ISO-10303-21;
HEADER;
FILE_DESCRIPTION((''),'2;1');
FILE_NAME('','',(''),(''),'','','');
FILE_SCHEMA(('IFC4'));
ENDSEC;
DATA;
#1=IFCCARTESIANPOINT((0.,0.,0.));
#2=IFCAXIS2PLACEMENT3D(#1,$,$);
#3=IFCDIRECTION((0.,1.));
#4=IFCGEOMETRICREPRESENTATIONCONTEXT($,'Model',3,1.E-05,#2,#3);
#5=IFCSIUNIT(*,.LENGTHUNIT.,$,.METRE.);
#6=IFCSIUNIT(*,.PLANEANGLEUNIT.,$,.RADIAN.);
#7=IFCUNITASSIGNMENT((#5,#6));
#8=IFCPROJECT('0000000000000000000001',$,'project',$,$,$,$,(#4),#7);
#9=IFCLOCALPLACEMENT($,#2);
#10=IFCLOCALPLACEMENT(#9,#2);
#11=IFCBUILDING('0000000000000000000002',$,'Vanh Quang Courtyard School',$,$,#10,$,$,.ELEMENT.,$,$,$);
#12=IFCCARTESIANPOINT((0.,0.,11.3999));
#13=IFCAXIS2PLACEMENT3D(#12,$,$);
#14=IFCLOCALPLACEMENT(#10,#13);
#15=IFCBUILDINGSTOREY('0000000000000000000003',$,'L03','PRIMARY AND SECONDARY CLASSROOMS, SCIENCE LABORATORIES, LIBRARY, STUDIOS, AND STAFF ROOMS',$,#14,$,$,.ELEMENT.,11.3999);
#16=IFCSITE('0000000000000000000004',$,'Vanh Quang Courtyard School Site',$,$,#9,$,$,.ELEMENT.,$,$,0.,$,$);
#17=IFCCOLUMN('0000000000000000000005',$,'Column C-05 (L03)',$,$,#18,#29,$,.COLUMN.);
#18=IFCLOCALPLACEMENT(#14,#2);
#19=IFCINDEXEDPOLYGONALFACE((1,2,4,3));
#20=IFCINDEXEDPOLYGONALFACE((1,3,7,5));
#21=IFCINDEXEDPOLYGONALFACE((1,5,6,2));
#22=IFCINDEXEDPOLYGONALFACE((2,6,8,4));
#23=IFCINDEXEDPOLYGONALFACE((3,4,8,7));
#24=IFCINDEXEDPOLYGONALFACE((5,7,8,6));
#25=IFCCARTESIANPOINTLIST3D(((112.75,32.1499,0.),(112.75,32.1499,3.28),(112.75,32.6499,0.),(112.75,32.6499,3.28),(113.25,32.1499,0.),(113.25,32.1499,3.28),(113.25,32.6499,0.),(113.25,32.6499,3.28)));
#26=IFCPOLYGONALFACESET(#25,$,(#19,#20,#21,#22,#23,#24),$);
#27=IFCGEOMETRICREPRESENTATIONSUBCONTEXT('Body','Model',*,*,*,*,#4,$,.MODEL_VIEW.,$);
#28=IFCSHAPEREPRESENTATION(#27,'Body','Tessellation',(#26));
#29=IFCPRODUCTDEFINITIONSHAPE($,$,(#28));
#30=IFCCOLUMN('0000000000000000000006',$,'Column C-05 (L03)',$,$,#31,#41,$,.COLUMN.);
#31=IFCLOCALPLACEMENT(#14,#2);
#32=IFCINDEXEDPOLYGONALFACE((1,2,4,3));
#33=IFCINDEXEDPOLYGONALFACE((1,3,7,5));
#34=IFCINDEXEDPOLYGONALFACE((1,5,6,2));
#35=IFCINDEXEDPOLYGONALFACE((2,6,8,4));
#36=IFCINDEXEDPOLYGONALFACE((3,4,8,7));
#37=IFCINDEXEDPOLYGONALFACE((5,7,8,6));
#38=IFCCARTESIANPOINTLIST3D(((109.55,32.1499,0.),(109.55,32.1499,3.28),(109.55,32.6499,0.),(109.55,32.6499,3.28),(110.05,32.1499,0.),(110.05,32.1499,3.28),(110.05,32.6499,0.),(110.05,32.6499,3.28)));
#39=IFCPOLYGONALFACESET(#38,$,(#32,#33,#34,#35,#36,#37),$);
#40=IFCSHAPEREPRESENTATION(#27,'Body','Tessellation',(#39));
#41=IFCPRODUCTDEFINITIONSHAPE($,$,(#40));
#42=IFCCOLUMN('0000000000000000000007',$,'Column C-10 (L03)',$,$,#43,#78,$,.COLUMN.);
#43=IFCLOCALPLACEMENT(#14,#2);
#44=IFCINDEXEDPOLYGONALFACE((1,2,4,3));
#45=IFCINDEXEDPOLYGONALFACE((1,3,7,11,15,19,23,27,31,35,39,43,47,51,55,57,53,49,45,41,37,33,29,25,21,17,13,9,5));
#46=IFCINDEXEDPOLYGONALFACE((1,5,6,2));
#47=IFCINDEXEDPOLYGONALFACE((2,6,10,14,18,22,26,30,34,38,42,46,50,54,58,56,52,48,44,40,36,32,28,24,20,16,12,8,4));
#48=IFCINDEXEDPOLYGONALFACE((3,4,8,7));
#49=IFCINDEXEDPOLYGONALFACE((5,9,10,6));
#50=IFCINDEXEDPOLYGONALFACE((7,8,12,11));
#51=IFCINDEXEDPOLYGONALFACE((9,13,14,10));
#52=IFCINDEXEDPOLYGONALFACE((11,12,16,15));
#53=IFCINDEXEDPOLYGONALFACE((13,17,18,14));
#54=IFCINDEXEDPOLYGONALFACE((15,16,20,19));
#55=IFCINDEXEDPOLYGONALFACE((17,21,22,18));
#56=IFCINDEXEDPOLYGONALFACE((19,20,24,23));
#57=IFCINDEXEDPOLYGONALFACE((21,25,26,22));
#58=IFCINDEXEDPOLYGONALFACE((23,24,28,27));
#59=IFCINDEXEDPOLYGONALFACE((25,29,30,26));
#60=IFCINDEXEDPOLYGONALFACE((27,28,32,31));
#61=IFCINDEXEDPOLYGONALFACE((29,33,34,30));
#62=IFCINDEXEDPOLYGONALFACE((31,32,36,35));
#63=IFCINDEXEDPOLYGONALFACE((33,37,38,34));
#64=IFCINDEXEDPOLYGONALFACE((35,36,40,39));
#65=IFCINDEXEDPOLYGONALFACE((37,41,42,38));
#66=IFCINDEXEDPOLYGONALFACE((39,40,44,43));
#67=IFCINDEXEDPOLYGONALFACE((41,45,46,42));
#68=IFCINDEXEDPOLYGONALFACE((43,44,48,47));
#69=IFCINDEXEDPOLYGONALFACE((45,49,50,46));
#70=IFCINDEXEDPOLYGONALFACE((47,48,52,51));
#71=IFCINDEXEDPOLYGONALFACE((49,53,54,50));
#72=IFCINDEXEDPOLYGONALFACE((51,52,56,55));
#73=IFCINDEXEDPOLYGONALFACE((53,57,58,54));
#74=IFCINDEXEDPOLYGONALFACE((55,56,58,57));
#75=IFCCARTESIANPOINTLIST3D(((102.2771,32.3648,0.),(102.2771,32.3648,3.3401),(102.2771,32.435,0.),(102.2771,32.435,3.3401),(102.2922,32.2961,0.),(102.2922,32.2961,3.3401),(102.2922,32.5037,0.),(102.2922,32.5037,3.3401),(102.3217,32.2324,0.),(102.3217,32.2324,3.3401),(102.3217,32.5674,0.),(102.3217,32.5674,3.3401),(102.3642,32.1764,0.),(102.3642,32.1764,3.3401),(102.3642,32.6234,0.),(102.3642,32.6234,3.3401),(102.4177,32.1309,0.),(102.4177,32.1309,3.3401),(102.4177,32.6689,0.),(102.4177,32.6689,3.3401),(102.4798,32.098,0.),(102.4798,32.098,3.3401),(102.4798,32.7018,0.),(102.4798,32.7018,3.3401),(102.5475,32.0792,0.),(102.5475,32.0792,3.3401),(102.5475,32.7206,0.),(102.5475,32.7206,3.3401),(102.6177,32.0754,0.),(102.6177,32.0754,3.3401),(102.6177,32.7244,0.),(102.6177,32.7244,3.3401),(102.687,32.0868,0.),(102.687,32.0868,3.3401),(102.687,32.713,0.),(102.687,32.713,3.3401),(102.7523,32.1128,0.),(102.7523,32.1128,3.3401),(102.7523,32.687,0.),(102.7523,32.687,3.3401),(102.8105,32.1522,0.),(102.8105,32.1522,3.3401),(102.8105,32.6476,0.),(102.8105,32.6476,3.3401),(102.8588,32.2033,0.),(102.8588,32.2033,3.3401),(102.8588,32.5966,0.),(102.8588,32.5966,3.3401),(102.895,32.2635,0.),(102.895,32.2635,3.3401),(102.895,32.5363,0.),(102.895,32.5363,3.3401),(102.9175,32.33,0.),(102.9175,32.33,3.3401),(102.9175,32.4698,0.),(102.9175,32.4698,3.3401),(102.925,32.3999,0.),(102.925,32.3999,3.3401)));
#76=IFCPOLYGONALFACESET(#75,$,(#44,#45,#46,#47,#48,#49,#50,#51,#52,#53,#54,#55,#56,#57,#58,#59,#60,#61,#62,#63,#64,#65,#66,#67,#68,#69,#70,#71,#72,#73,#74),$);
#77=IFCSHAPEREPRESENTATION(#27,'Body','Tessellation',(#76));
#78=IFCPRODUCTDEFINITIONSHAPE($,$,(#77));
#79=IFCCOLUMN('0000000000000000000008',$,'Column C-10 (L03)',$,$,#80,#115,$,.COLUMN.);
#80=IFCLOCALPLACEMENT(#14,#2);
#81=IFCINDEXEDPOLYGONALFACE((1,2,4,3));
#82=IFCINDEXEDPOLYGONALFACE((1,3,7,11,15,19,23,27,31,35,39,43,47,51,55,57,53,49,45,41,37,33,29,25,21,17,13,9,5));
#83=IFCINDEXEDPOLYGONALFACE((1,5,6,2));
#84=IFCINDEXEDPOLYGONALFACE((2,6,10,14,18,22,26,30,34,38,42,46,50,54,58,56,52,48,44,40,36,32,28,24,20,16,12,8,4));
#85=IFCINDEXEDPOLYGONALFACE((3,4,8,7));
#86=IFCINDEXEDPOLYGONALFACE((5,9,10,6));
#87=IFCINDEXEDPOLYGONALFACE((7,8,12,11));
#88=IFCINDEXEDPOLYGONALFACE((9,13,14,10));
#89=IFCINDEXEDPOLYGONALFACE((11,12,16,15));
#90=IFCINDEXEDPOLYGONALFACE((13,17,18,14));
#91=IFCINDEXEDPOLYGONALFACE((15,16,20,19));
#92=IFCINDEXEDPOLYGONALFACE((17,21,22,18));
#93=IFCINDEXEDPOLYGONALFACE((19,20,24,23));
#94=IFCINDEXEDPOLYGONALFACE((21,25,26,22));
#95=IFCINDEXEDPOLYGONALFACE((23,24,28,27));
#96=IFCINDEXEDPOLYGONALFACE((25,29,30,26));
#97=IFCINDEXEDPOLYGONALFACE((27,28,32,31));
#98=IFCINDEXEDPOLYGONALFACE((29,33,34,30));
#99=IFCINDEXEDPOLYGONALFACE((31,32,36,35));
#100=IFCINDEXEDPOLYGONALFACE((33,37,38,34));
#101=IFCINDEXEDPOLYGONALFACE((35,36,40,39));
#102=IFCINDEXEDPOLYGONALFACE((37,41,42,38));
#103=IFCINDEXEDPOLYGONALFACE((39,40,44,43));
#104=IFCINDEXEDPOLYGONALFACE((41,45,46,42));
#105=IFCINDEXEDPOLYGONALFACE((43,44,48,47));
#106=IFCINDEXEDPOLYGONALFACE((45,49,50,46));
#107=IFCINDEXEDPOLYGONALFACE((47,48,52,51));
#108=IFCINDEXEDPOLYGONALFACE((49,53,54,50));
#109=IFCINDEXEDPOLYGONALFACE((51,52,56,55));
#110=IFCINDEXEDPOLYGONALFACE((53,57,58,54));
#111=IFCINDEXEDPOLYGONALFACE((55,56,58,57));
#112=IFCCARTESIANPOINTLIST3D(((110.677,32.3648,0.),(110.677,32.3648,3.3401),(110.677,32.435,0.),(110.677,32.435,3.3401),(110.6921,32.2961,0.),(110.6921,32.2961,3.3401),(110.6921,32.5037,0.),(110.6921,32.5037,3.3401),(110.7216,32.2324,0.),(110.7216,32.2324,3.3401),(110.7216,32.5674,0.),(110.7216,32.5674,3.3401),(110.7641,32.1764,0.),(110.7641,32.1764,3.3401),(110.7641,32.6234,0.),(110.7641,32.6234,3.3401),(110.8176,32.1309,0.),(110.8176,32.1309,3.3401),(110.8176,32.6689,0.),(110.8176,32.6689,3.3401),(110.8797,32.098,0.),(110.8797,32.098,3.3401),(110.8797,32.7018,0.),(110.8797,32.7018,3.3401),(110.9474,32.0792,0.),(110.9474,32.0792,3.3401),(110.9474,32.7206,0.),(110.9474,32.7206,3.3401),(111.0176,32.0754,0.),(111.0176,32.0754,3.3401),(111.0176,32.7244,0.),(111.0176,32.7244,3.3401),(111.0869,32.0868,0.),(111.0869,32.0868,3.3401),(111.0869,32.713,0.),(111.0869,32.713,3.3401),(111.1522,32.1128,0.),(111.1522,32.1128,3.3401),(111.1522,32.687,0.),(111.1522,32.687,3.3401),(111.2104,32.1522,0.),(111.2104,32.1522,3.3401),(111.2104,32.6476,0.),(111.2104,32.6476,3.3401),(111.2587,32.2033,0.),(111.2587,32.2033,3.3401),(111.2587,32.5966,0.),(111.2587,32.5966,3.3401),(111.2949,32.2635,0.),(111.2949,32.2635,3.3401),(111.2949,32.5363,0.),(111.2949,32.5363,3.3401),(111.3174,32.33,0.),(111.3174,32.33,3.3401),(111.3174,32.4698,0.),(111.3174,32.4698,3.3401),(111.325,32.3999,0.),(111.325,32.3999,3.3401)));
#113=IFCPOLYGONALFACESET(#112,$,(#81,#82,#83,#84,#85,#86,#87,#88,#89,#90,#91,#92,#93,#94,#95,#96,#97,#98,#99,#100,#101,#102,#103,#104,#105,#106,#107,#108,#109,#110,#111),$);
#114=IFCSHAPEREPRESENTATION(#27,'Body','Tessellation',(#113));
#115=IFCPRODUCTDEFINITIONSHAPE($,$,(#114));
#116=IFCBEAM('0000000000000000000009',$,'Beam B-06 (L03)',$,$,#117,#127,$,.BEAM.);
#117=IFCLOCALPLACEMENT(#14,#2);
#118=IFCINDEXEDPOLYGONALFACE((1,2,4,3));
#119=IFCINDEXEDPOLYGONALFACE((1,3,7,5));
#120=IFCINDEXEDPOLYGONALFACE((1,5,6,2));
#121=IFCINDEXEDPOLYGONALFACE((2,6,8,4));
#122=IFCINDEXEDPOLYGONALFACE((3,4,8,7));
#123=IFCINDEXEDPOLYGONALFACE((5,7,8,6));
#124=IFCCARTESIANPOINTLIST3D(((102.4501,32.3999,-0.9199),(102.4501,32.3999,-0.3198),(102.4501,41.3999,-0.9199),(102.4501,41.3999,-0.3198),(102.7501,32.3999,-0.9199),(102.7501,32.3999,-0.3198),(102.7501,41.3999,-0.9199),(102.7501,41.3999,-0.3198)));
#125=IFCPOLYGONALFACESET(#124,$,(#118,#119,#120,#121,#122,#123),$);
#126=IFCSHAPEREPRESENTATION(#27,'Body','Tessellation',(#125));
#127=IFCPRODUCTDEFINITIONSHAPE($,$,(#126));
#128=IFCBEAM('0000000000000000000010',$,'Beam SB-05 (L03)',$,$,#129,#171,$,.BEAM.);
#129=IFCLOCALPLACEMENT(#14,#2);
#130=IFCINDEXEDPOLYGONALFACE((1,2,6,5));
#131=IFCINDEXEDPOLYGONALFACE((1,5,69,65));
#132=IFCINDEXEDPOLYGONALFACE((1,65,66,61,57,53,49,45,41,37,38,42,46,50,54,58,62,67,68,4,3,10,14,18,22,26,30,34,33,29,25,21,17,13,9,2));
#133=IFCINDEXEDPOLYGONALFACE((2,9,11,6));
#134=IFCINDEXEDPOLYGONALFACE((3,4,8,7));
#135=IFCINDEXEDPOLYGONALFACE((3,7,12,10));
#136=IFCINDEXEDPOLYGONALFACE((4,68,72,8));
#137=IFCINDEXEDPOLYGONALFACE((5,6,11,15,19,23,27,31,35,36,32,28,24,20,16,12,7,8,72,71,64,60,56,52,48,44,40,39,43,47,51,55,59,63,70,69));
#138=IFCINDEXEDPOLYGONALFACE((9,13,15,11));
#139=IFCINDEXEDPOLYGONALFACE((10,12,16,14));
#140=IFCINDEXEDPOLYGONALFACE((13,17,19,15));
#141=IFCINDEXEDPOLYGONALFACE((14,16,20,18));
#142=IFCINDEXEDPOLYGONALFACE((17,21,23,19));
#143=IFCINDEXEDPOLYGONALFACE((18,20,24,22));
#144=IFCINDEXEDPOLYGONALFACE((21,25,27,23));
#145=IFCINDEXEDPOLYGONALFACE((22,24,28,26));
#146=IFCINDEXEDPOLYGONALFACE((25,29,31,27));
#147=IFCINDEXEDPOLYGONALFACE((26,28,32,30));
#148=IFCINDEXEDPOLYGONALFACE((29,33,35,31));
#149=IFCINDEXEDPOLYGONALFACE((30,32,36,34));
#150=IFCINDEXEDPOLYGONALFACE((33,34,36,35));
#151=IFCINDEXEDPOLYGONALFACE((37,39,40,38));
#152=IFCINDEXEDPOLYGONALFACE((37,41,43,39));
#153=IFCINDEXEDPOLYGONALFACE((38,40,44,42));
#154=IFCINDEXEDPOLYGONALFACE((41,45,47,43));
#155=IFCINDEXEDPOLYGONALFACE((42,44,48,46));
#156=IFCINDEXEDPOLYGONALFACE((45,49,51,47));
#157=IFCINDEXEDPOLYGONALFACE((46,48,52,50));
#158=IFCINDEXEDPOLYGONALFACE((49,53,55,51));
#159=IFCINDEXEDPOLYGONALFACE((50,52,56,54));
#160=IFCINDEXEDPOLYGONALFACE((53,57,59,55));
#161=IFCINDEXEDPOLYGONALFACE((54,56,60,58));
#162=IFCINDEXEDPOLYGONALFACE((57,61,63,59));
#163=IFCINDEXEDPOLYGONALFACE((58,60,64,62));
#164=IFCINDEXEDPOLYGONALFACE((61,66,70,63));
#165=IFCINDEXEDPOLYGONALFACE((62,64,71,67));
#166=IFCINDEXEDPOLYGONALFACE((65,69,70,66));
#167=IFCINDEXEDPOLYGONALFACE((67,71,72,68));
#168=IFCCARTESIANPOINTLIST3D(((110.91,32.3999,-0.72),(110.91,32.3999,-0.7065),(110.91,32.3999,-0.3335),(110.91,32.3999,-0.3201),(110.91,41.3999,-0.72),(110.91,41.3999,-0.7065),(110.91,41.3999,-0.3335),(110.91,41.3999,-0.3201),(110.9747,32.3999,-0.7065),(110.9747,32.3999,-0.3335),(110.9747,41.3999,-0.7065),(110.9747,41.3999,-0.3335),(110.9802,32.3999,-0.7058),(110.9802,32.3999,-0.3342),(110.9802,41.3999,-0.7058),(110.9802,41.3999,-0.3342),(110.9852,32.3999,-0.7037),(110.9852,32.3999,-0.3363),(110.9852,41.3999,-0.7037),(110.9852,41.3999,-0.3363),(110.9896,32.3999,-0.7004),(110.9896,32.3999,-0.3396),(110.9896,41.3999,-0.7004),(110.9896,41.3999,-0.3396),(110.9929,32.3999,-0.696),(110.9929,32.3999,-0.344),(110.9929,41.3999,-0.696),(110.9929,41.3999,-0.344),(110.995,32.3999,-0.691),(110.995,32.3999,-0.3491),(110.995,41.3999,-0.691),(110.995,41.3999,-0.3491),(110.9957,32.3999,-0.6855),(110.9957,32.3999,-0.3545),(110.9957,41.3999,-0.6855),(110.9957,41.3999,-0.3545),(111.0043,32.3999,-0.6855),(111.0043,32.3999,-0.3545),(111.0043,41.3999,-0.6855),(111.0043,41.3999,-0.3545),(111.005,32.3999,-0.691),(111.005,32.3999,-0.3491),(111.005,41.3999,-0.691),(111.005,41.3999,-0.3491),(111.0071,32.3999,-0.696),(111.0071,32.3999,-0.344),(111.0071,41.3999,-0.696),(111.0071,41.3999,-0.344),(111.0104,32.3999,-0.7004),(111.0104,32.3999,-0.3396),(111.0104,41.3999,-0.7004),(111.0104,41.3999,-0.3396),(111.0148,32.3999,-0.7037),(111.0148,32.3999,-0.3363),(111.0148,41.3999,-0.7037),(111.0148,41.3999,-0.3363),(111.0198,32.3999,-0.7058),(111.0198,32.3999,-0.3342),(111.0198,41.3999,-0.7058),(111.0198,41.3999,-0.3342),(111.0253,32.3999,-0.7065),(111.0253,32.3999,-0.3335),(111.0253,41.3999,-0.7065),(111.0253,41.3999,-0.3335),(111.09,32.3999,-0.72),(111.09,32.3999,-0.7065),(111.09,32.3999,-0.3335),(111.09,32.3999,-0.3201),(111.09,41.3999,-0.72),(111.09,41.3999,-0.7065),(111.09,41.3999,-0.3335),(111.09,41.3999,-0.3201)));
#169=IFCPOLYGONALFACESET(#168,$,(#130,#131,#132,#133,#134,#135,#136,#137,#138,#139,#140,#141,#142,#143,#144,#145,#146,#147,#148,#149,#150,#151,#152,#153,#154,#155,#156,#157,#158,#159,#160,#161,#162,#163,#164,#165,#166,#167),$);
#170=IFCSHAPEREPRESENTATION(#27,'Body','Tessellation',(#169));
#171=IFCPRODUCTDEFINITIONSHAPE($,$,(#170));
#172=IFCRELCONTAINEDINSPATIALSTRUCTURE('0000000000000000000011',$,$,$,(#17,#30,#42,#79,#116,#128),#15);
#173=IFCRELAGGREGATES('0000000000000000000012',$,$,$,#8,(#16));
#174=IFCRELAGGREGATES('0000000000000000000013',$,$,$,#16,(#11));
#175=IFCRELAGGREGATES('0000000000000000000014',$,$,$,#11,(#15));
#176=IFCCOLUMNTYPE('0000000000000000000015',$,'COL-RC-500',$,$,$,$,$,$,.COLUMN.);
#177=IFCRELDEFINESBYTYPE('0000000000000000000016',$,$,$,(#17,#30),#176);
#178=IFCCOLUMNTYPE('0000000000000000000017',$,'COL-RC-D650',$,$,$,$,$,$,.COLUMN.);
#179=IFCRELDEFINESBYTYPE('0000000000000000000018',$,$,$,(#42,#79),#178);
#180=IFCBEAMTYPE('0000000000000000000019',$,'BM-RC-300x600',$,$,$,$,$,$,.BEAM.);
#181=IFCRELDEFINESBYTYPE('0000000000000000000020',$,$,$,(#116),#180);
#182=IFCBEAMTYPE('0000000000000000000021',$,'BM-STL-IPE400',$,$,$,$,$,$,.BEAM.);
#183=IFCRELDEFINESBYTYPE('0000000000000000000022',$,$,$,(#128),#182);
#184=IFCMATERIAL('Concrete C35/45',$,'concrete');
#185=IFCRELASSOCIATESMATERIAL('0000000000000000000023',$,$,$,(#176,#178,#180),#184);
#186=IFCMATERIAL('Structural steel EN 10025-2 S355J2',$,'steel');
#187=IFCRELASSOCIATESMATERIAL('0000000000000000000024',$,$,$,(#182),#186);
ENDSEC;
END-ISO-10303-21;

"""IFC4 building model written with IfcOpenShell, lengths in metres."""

from ifc_helpers import new_model, si_unit, direction, frame, origin, origin_2d, place, context, subcontext, project, spatial, rectangle, circle, i_section, extrude, material, material_profile, profile_set, type_object, element, save


model = new_model("IFC4")

# Units and contexts
model_context = context("Model", 3, precision=1e-05, world=origin(), true_north=direction((0.0, 1.0)))
body_context = subcontext(model_context, "Body", "Model", "MODEL_VIEW")
ifc_project = project(units=[si_unit("LENGTHUNIT", "METRE"), si_unit("PLANEANGLEUNIT", "RADIAN")], contexts=[model_context])

# Site, building, storey
site_placement = place(None, origin())
site = spatial("IfcSite", under=ifc_project, at=site_placement, Name="Vanh Quang Courtyard School Site", CompositionType="ELEMENT", RefElevation=0.0)
building_placement = place(site_placement, origin())
building = spatial("IfcBuilding", under=site, at=building_placement, Name="Vanh Quang Courtyard School", CompositionType="ELEMENT")
storey_placement = place(building_placement, frame((0.0, 0.0, 11.3999)))
storey = spatial("IfcBuildingStorey", under=building, at=storey_placement, Name="L03", Description="PRIMARY AND SECONDARY CLASSROOMS, SCIENCE LABORATORIES, LIBRARY, STUDIOS, AND STAFF ROOMS", CompositionType="ELEMENT", Elevation=11.3999)

# Columns
ifc_material_1 = material(Name="Concrete C35/45", Category="concrete")
ifc_material_profile_1 = material_profile(ifc_material_1, rectangle(XDim=0.5, YDim=0.5, at=origin_2d()), Name="RC-COL 500x500")
ifc_profile_set_1 = profile_set([ifc_material_profile_1], Name="Concrete C35/45")
column_type_1 = type_object("IfcColumnType", Name="COL-RC-500", PredefinedType="COLUMN", material=ifc_profile_set_1)
for number, where, z_axis, x_axis, name in (
    (1, (113.0, 32.3999, 0.0), (0.0, 0.0, 1.0), (1.0, 0.0, 0.0), "Column C-05 (L03)"),
    (2, (109.8, 32.3999, 0.0), (0.0, 0.0, 1.0), (1.0, 0.0, 0.0), "Column C-05 (L03)"),
):
    element("IfcColumn", number, at=place(storey_placement, frame(where, z_axis=z_axis, x_axis=x_axis)), inside=storey, type_object=column_type_1, Name=name, PredefinedType="COLUMN", context=body_context, shape_type="SweptSolid", body=[
        extrude(rectangle(XDim=0.5, YDim=0.5, at=origin_2d()), origin(), (0.0, 0.0, 1.0), 3.28),
    ])
ifc_material_profile_2 = material_profile(ifc_material_1, circle(Radius=0.325, at=origin_2d()), Name="RC-COL D650")
ifc_profile_set_2 = profile_set([ifc_material_profile_2], Name="Concrete C35/45")
column_type_2 = type_object("IfcColumnType", Name="COL-RC-D650", PredefinedType="COLUMN", material=ifc_profile_set_2)
for number, where, z_axis, x_axis, name in (
    (3, (102.6001, 32.3999, 0.0), (0.0, 0.0, 1.0), (1.0, 0.0, 0.0), "Column C-10 (L03)"),
    (4, (111.0, 32.3999, 0.0), (0.0, 0.0, 1.0), (1.0, 0.0, 0.0), "Column C-10 (L03)"),
):
    element("IfcColumn", number, at=place(storey_placement, frame(where, z_axis=z_axis, x_axis=x_axis)), inside=storey, type_object=column_type_2, Name=name, PredefinedType="COLUMN", context=body_context, shape_type="SweptSolid", body=[
        extrude(circle(Radius=0.325, at=origin_2d()), origin(), (0.0, 0.0, 1.0), 3.3401),
    ])

# Beams
ifc_material_profile_3 = material_profile(ifc_material_1, rectangle(XDim=0.3, YDim=0.6001, at=origin_2d()), Name="RC-BM 300x600")
ifc_profile_set_3 = profile_set([ifc_material_profile_3], Name="Concrete C35/45")
beam_type_1 = type_object("IfcBeamType", Name="BM-RC-300x600", PredefinedType="BEAM", material=ifc_profile_set_3)
beam_1_placement = place(storey_placement, frame((102.6001, 32.3999, -0.6199), z_axis=(0.0, 1.0, 0.0), x_axis=(-1.0, 0.0, 0.0)))
element("IfcBeam", 5, at=beam_1_placement, inside=storey, type_object=beam_type_1, Name="Beam B-06 (L03)", PredefinedType="BEAM", context=body_context, shape_type="SweptSolid", body=[
    extrude(rectangle(XDim=0.3, YDim=0.6001, at=origin_2d()), origin(), (0.0, 0.0, 1.0), 9.0),
])
ifc_material_2 = material(Name="Structural steel EN 10025-2 S355J2", Category="steel")
ifc_material_profile_4 = material_profile(ifc_material_2, i_section(OverallWidth=0.1799, OverallDepth=0.3999, WebThickness=0.0085, FlangeThickness=0.0134, FilletRadius=0.021, at=origin_2d()), Name="IPE 400")
ifc_profile_set_4 = profile_set([ifc_material_profile_4], Name="Structural steel EN 10025-2 S355J2")
beam_type_2 = type_object("IfcBeamType", Name="BM-STL-IPE400", PredefinedType="BEAM", material=ifc_profile_set_4)
beam_2_placement = place(storey_placement, frame((111.0, 32.3999, -0.52), z_axis=(0.0, 1.0, 0.0), x_axis=(-1.0, 0.0, 0.0)))
element("IfcBeam", 6, at=beam_2_placement, inside=storey, type_object=beam_type_2, Name="Beam SB-05 (L03)", PredefinedType="BEAM", context=body_context, shape_type="SweptSolid", body=[
    extrude(i_section(OverallWidth=0.1799, OverallDepth=0.3999, WebThickness=0.0085, FlangeThickness=0.0134, FilletRadius=0.021, at=origin_2d()), origin(), (0.0, 0.0, 1.0), 9.0),
])

save(model, "model.ifc")
